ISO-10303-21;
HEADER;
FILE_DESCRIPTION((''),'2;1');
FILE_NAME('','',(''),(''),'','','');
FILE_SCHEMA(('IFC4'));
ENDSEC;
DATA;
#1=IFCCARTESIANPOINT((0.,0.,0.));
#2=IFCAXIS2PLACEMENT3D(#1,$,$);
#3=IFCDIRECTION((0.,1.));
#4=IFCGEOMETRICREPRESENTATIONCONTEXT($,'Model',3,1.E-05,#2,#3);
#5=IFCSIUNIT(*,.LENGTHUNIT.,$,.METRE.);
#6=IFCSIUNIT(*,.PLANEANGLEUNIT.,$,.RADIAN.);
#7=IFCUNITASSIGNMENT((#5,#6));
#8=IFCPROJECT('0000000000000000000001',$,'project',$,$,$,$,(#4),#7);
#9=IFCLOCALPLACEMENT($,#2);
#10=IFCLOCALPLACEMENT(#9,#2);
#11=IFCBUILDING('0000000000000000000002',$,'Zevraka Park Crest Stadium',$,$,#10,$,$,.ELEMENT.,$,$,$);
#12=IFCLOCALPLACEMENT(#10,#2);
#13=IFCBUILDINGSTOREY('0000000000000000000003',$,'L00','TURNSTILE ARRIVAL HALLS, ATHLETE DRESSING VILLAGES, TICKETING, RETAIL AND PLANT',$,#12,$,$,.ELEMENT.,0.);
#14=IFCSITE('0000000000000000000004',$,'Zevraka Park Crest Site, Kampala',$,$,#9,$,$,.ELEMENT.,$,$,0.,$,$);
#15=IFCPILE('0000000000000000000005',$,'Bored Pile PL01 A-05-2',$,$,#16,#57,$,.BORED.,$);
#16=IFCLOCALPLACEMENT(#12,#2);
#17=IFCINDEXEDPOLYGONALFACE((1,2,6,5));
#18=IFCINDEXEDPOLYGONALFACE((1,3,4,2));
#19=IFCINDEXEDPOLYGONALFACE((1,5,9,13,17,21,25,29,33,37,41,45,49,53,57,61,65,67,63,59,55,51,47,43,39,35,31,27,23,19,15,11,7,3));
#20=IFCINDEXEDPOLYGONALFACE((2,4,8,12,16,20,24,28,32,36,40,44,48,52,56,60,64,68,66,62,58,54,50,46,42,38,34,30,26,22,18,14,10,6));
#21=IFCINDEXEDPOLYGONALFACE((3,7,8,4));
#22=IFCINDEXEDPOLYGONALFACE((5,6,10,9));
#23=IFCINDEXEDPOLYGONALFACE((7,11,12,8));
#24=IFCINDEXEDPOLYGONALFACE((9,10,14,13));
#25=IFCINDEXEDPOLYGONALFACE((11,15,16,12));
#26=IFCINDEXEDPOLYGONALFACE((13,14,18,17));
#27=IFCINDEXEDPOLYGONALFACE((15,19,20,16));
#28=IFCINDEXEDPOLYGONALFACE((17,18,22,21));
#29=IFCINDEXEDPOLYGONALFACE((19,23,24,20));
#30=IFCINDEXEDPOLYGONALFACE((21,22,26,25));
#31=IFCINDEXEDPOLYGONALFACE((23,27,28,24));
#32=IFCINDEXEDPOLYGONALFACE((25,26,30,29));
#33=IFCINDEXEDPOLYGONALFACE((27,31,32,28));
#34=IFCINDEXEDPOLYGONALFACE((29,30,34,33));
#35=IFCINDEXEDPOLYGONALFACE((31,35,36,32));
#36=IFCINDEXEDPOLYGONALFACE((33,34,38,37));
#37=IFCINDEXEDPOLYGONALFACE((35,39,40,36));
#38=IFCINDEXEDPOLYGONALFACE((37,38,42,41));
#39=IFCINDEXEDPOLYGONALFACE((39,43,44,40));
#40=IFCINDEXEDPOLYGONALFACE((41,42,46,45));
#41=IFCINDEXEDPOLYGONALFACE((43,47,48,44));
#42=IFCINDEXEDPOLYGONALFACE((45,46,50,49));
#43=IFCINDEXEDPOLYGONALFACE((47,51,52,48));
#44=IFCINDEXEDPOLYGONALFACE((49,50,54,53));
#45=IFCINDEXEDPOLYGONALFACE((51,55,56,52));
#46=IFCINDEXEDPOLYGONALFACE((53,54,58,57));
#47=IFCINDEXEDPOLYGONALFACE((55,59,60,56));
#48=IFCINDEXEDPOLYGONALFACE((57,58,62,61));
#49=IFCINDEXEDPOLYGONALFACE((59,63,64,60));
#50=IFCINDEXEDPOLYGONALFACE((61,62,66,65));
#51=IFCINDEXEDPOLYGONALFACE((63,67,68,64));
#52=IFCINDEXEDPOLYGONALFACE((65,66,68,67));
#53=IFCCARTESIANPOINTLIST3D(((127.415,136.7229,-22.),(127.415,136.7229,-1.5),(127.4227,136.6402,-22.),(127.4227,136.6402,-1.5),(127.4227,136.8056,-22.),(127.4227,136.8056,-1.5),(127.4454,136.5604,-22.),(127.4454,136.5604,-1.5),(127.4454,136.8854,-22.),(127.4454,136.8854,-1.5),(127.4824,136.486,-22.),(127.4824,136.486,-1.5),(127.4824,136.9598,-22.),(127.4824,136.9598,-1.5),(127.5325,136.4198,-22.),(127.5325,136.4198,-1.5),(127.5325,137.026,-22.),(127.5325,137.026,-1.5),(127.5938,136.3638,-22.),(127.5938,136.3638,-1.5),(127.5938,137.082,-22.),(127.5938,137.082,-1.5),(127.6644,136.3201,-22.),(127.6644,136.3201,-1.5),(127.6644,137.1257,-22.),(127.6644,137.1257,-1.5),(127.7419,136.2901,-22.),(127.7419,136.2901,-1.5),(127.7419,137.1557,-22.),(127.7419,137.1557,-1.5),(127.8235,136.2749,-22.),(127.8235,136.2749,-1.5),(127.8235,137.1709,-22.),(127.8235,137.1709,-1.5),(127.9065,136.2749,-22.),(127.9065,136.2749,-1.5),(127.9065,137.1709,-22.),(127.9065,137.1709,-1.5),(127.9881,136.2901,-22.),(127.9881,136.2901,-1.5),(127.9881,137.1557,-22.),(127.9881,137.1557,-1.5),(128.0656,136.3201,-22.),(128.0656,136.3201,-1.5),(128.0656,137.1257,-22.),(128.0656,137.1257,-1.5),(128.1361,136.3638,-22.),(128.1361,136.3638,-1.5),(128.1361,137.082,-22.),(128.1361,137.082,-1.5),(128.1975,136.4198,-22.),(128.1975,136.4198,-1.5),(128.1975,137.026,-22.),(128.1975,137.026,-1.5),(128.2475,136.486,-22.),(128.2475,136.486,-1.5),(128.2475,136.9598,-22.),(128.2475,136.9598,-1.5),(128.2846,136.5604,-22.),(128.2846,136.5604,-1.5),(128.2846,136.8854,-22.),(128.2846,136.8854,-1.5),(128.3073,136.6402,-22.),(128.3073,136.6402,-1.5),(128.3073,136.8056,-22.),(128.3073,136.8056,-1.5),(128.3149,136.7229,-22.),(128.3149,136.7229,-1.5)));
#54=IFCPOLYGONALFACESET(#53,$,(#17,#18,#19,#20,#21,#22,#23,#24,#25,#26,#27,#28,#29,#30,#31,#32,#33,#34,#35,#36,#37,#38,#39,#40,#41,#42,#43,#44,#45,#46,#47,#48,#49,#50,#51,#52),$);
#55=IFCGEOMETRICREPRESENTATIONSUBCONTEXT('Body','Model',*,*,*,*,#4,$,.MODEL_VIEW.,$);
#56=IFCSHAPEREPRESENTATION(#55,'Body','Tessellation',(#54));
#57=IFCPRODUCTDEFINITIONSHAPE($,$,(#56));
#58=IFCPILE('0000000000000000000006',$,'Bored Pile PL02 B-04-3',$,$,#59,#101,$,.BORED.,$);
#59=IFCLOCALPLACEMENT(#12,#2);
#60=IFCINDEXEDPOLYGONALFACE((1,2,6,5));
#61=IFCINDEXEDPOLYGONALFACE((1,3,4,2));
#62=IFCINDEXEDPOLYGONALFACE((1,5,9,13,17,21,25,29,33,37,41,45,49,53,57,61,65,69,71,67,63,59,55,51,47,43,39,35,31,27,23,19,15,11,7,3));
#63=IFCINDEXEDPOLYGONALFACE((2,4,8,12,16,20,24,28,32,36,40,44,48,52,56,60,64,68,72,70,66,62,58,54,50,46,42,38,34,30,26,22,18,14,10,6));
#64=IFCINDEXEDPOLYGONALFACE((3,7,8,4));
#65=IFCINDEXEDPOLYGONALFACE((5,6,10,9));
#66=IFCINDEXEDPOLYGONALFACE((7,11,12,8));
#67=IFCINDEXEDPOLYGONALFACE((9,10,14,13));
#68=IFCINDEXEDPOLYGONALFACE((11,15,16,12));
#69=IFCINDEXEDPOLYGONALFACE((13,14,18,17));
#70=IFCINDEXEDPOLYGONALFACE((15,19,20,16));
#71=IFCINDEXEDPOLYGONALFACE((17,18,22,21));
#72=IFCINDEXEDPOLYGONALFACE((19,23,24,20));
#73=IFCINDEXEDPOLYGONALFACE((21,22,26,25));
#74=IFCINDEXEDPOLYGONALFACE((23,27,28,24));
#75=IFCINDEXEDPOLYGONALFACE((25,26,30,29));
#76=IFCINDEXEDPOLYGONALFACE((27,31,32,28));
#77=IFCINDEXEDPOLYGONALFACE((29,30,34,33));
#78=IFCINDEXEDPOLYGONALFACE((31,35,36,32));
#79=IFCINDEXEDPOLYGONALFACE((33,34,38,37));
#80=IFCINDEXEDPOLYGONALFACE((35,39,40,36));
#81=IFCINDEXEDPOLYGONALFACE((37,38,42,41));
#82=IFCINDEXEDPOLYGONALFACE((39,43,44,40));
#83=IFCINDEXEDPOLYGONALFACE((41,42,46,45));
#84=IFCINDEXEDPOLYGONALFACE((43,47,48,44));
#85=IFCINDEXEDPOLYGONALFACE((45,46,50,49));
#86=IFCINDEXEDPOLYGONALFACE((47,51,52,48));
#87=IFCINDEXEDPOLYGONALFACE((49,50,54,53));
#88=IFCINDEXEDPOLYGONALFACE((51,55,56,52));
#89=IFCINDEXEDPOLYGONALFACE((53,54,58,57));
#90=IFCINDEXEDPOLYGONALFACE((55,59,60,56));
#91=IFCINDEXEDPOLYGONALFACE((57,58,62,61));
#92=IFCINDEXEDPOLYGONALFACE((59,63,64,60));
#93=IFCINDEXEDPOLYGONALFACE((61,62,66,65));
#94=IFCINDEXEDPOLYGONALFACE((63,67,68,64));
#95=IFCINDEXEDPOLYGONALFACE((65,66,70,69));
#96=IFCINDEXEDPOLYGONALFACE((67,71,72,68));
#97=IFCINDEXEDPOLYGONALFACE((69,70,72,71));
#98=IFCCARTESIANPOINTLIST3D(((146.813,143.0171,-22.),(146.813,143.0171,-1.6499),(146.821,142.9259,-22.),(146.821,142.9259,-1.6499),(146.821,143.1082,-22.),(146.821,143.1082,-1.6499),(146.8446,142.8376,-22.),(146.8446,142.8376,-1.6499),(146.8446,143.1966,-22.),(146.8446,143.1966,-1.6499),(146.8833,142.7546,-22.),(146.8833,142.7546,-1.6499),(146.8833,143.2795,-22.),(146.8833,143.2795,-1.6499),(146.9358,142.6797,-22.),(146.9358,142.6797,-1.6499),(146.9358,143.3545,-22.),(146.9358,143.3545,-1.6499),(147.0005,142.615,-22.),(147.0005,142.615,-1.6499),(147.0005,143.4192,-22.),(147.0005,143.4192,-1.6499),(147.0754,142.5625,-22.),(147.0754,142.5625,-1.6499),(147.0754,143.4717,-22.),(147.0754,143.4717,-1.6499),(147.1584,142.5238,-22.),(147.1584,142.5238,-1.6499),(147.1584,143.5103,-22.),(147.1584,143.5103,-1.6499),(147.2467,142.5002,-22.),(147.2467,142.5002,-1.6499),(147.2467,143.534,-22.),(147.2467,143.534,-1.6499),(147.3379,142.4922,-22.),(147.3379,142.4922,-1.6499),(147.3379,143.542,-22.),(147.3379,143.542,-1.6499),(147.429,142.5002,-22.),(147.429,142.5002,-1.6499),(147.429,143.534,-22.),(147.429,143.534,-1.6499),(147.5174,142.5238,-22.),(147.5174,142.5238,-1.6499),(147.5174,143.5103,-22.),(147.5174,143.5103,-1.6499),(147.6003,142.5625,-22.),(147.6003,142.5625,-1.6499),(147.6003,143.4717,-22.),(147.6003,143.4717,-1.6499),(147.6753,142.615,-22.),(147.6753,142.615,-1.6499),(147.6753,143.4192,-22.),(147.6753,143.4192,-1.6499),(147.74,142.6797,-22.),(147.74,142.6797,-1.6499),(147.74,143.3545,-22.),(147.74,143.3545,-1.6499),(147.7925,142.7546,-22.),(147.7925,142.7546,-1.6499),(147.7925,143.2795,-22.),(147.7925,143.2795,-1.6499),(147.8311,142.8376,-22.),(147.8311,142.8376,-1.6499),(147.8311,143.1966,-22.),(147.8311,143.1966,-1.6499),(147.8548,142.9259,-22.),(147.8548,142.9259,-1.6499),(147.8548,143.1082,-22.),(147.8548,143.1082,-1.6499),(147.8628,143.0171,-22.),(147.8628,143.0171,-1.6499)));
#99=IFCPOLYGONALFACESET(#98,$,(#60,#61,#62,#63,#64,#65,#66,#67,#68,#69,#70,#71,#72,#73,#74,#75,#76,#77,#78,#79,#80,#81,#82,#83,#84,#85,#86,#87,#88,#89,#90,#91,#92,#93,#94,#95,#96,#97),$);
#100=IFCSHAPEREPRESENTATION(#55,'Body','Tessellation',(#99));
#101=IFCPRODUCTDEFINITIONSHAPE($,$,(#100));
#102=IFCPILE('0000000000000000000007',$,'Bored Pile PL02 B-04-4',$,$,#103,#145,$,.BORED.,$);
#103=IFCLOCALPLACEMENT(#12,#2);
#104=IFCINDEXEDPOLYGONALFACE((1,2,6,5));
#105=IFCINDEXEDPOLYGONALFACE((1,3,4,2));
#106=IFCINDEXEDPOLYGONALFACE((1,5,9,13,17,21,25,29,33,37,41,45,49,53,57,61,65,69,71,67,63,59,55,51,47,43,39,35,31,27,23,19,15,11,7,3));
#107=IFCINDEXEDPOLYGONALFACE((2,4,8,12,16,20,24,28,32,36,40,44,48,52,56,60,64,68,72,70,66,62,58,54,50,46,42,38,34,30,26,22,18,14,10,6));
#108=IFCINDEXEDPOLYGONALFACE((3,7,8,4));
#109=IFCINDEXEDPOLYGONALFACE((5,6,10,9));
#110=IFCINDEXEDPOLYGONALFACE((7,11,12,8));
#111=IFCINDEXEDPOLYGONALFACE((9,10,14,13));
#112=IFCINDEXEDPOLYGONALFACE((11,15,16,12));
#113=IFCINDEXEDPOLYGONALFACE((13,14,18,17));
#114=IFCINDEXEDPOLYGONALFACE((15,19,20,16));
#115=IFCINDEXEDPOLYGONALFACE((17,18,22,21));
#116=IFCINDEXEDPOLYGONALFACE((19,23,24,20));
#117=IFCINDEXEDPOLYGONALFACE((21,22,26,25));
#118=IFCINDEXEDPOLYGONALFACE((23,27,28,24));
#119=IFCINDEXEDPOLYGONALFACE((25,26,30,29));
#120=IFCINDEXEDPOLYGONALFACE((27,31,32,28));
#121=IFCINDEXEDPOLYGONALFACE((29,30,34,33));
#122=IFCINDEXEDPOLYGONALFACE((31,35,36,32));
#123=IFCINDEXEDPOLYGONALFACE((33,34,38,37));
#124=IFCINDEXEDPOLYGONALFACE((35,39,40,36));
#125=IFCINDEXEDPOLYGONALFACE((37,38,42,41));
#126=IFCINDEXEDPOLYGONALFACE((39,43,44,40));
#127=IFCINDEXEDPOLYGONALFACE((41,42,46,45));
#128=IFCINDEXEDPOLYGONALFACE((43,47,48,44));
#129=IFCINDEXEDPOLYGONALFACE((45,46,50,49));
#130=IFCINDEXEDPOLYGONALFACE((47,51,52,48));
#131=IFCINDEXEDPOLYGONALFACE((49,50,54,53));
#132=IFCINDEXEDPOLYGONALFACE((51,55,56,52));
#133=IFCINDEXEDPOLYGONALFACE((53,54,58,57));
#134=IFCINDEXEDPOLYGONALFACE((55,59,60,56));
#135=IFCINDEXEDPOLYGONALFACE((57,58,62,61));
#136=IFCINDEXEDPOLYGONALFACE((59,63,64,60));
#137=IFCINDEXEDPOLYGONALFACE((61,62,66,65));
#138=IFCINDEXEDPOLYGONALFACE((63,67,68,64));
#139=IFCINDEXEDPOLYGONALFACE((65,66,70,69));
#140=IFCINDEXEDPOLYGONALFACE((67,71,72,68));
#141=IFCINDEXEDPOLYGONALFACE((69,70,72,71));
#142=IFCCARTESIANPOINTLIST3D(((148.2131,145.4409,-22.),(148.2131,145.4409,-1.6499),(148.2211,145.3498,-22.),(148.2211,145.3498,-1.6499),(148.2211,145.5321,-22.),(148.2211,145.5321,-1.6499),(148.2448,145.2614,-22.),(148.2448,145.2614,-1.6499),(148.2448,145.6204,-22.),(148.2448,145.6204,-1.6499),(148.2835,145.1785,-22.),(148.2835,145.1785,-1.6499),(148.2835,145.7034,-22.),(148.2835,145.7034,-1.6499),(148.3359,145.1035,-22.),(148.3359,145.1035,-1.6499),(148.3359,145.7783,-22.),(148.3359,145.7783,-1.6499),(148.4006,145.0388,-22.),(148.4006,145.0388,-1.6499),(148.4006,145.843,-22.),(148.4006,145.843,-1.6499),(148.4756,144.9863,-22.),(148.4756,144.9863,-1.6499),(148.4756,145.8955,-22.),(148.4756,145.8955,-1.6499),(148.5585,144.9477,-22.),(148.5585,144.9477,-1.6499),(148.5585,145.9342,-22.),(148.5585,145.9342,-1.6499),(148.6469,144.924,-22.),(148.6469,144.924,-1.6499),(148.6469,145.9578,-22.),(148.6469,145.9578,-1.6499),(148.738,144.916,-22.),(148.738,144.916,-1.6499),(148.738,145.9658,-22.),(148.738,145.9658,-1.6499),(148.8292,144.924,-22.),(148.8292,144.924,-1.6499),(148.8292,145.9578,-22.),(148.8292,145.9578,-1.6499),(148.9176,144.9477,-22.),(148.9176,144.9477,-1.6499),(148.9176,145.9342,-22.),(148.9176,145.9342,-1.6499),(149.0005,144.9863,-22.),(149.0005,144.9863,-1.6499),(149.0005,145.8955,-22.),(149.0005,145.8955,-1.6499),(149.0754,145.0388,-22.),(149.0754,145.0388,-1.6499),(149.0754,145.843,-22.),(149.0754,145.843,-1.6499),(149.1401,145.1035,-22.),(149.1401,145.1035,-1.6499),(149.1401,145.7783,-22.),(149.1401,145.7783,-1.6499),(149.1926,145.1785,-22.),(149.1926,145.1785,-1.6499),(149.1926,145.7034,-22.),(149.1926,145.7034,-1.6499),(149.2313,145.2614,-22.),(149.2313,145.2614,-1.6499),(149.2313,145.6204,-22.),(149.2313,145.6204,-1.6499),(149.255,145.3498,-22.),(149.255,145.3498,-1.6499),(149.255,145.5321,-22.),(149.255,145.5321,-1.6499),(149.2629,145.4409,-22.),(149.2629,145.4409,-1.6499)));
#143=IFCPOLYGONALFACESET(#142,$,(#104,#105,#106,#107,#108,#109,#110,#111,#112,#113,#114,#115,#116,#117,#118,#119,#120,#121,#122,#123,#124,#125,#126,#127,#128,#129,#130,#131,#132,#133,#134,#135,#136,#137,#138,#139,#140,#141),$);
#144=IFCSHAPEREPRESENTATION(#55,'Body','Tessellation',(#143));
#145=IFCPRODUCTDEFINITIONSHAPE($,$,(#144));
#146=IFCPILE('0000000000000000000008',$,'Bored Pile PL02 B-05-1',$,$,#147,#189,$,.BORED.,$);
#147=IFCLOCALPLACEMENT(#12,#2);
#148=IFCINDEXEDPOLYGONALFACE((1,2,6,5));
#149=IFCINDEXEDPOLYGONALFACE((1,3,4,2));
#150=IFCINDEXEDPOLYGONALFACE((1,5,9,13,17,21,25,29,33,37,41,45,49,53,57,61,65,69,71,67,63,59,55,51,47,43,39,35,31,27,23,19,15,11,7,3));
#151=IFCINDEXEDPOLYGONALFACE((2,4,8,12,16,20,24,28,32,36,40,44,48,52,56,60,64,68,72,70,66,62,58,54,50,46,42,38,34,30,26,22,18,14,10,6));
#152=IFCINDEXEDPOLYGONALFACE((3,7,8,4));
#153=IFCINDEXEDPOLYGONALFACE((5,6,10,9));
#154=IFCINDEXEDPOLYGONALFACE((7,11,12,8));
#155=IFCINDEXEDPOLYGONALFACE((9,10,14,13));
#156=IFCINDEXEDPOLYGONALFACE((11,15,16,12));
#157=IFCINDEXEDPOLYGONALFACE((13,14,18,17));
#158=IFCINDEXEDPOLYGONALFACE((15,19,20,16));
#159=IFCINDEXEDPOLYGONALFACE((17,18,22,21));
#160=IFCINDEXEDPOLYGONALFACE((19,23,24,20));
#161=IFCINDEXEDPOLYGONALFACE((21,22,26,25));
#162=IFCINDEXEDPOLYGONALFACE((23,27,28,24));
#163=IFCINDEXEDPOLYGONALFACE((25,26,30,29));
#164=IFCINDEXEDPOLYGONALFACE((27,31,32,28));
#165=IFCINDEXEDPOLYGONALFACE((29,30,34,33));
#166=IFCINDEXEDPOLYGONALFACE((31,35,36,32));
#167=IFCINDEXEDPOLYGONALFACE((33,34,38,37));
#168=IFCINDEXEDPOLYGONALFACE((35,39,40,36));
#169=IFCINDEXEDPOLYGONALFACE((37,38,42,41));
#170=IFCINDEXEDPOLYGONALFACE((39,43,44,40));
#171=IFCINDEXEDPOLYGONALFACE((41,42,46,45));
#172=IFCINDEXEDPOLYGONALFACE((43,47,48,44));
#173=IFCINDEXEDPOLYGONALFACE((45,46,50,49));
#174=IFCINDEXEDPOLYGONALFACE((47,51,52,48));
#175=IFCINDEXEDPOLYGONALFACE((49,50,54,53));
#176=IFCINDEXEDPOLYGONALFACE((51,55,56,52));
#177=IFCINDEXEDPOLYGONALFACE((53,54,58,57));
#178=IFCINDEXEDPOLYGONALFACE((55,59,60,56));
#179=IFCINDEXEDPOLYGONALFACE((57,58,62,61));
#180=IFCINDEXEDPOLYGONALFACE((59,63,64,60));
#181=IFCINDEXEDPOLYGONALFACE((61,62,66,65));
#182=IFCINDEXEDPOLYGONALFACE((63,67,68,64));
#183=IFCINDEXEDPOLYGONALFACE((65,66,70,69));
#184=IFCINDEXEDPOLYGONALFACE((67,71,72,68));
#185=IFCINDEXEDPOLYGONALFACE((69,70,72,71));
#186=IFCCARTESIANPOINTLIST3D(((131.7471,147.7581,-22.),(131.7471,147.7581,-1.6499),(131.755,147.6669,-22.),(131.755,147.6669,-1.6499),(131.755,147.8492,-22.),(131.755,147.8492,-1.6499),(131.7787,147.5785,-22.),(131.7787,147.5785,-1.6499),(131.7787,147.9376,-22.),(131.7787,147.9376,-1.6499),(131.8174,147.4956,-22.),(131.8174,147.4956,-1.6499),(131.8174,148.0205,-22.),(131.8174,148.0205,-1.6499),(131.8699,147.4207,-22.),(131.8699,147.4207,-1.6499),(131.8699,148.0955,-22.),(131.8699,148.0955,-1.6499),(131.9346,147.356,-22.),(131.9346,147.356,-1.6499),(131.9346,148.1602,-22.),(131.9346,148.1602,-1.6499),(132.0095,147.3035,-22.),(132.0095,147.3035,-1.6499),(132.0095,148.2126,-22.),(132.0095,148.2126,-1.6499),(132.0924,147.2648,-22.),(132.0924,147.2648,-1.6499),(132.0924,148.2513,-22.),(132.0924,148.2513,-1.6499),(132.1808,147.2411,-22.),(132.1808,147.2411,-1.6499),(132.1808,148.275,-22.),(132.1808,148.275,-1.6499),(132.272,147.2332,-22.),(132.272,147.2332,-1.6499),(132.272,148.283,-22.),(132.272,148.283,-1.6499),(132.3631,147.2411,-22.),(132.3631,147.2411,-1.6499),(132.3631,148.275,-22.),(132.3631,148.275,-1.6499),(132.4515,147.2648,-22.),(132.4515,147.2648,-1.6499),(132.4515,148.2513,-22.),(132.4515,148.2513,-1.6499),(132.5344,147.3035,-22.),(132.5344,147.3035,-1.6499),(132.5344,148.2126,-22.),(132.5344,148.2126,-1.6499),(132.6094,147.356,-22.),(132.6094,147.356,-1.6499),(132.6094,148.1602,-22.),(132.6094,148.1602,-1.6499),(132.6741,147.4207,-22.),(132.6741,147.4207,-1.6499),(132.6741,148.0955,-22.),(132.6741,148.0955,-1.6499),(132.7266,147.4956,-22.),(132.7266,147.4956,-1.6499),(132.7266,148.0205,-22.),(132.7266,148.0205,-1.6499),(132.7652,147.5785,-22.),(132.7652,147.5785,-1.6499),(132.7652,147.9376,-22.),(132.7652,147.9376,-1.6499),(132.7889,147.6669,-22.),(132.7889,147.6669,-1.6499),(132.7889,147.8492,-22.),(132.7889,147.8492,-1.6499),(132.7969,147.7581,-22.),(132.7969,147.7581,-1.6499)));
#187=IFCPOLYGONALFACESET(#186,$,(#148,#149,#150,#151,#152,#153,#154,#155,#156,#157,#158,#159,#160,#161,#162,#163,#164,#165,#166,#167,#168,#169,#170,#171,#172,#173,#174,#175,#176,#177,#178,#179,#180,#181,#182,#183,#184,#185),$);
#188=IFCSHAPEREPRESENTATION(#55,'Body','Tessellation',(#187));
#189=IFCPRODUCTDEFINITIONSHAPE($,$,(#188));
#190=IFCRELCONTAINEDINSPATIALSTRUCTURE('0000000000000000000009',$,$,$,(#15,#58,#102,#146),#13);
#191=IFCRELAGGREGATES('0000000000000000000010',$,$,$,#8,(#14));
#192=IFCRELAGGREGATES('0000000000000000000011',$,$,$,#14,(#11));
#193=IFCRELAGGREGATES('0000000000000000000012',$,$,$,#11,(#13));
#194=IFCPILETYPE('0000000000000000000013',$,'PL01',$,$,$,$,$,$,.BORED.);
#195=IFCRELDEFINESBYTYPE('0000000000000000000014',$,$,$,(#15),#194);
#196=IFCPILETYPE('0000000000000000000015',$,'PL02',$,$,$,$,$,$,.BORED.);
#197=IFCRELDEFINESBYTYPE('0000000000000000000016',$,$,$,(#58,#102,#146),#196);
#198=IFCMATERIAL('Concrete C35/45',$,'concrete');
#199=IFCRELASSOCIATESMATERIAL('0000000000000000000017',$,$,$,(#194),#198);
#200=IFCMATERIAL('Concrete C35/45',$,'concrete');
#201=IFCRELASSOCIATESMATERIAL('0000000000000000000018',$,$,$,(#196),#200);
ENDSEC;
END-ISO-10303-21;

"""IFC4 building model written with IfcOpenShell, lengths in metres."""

from ifc_helpers import new_model, si_unit, direction, frame, origin, origin_2d, place, context, subcontext, project, spatial, circle, extrude, material, material_profile, profile_set, type_object, element, save


model = new_model("IFC4")

# Units and contexts
model_context = context("Model", 3, precision=1e-05, world=origin(), true_north=direction((0.0, 1.0)))
body_context = subcontext(model_context, "Body", "Model", "MODEL_VIEW")
ifc_project = project(units=[si_unit("LENGTHUNIT", "METRE"), si_unit("PLANEANGLEUNIT", "RADIAN")], contexts=[model_context])

# Site, building, storey
site_placement = place(None, origin())
site = spatial("IfcSite", under=ifc_project, at=site_placement, Name="Zevraka Park Crest Site, Kampala", CompositionType="ELEMENT", RefElevation=0.0)
building_placement = place(site_placement, origin())
building = spatial("IfcBuilding", under=site, at=building_placement, Name="Zevraka Park Crest Stadium", CompositionType="ELEMENT")
storey_placement = place(building_placement, origin())
storey = spatial("IfcBuildingStorey", under=building, at=storey_placement, Name="L00", Description="TURNSTILE ARRIVAL HALLS, ATHLETE DRESSING VILLAGES, TICKETING, RETAIL AND PLANT", CompositionType="ELEMENT", Elevation=0.0)

# Piles
ifc_material_1 = material(Name="Concrete C35/45", Category="concrete")
ifc_material_profile_1 = material_profile(ifc_material_1, circle(Radius=0.45, at=origin_2d()), Name="PILE D900")
ifc_profile_set_1 = profile_set([ifc_material_profile_1], Name="Concrete C35/45")
pile_type_1 = type_object("IfcPileType", Name="PL01", PredefinedType="BORED", material=ifc_profile_set_1)
pile_placement = place(storey_placement, frame((127.865, 136.7229, -1.5), z_axis=(0.0, 0.0, -1.0), x_axis=(1.0, 0.0, 0.0)))
element("IfcPile", 1, at=pile_placement, inside=storey, type_object=pile_type_1, Name="Bored Pile PL01 A-05-2", PredefinedType="BORED", context=body_context, shape_type="SweptSolid", body=[
    extrude(circle(Radius=0.45, at=origin_2d()), origin(), (0.0, 0.0, 1.0), 20.5),
])
ifc_material_2 = material(Name="Concrete C35/45", Category="concrete")
ifc_material_profile_2 = material_profile(ifc_material_2, circle(Radius=0.5249, at=origin_2d()), Name="PILE D1050")
ifc_profile_set_2 = profile_set([ifc_material_profile_2], Name="Concrete C35/45")
pile_type_2 = type_object("IfcPileType", Name="PL02", PredefinedType="BORED", material=ifc_profile_set_2)
for number, where, z_axis, x_axis, name in (
    (2, (147.3379, 143.0171, -1.6499), (0.0, 0.0, -1.0), (1.0, 0.0, 0.0), "Bored Pile PL02 B-04-3"),
    (3, (148.738, 145.4409, -1.6499), (0.0, 0.0, -1.0), (1.0, 0.0, 0.0), "Bored Pile PL02 B-04-4"),
    (4, (132.272, 147.7581, -1.6499), (0.0, 0.0, -1.0), (1.0, 0.0, 0.0), "Bored Pile PL02 B-05-1"),
):
    element("IfcPile", number, at=place(storey_placement, frame(where, z_axis=z_axis, x_axis=x_axis)), inside=storey, type_object=pile_type_2, Name=name, PredefinedType="BORED", context=body_context, shape_type="SweptSolid", body=[
        extrude(circle(Radius=0.5249, at=origin_2d()), origin(), (0.0, 0.0, 1.0), 20.3501),
    ])

save(model, "model.ifc")
